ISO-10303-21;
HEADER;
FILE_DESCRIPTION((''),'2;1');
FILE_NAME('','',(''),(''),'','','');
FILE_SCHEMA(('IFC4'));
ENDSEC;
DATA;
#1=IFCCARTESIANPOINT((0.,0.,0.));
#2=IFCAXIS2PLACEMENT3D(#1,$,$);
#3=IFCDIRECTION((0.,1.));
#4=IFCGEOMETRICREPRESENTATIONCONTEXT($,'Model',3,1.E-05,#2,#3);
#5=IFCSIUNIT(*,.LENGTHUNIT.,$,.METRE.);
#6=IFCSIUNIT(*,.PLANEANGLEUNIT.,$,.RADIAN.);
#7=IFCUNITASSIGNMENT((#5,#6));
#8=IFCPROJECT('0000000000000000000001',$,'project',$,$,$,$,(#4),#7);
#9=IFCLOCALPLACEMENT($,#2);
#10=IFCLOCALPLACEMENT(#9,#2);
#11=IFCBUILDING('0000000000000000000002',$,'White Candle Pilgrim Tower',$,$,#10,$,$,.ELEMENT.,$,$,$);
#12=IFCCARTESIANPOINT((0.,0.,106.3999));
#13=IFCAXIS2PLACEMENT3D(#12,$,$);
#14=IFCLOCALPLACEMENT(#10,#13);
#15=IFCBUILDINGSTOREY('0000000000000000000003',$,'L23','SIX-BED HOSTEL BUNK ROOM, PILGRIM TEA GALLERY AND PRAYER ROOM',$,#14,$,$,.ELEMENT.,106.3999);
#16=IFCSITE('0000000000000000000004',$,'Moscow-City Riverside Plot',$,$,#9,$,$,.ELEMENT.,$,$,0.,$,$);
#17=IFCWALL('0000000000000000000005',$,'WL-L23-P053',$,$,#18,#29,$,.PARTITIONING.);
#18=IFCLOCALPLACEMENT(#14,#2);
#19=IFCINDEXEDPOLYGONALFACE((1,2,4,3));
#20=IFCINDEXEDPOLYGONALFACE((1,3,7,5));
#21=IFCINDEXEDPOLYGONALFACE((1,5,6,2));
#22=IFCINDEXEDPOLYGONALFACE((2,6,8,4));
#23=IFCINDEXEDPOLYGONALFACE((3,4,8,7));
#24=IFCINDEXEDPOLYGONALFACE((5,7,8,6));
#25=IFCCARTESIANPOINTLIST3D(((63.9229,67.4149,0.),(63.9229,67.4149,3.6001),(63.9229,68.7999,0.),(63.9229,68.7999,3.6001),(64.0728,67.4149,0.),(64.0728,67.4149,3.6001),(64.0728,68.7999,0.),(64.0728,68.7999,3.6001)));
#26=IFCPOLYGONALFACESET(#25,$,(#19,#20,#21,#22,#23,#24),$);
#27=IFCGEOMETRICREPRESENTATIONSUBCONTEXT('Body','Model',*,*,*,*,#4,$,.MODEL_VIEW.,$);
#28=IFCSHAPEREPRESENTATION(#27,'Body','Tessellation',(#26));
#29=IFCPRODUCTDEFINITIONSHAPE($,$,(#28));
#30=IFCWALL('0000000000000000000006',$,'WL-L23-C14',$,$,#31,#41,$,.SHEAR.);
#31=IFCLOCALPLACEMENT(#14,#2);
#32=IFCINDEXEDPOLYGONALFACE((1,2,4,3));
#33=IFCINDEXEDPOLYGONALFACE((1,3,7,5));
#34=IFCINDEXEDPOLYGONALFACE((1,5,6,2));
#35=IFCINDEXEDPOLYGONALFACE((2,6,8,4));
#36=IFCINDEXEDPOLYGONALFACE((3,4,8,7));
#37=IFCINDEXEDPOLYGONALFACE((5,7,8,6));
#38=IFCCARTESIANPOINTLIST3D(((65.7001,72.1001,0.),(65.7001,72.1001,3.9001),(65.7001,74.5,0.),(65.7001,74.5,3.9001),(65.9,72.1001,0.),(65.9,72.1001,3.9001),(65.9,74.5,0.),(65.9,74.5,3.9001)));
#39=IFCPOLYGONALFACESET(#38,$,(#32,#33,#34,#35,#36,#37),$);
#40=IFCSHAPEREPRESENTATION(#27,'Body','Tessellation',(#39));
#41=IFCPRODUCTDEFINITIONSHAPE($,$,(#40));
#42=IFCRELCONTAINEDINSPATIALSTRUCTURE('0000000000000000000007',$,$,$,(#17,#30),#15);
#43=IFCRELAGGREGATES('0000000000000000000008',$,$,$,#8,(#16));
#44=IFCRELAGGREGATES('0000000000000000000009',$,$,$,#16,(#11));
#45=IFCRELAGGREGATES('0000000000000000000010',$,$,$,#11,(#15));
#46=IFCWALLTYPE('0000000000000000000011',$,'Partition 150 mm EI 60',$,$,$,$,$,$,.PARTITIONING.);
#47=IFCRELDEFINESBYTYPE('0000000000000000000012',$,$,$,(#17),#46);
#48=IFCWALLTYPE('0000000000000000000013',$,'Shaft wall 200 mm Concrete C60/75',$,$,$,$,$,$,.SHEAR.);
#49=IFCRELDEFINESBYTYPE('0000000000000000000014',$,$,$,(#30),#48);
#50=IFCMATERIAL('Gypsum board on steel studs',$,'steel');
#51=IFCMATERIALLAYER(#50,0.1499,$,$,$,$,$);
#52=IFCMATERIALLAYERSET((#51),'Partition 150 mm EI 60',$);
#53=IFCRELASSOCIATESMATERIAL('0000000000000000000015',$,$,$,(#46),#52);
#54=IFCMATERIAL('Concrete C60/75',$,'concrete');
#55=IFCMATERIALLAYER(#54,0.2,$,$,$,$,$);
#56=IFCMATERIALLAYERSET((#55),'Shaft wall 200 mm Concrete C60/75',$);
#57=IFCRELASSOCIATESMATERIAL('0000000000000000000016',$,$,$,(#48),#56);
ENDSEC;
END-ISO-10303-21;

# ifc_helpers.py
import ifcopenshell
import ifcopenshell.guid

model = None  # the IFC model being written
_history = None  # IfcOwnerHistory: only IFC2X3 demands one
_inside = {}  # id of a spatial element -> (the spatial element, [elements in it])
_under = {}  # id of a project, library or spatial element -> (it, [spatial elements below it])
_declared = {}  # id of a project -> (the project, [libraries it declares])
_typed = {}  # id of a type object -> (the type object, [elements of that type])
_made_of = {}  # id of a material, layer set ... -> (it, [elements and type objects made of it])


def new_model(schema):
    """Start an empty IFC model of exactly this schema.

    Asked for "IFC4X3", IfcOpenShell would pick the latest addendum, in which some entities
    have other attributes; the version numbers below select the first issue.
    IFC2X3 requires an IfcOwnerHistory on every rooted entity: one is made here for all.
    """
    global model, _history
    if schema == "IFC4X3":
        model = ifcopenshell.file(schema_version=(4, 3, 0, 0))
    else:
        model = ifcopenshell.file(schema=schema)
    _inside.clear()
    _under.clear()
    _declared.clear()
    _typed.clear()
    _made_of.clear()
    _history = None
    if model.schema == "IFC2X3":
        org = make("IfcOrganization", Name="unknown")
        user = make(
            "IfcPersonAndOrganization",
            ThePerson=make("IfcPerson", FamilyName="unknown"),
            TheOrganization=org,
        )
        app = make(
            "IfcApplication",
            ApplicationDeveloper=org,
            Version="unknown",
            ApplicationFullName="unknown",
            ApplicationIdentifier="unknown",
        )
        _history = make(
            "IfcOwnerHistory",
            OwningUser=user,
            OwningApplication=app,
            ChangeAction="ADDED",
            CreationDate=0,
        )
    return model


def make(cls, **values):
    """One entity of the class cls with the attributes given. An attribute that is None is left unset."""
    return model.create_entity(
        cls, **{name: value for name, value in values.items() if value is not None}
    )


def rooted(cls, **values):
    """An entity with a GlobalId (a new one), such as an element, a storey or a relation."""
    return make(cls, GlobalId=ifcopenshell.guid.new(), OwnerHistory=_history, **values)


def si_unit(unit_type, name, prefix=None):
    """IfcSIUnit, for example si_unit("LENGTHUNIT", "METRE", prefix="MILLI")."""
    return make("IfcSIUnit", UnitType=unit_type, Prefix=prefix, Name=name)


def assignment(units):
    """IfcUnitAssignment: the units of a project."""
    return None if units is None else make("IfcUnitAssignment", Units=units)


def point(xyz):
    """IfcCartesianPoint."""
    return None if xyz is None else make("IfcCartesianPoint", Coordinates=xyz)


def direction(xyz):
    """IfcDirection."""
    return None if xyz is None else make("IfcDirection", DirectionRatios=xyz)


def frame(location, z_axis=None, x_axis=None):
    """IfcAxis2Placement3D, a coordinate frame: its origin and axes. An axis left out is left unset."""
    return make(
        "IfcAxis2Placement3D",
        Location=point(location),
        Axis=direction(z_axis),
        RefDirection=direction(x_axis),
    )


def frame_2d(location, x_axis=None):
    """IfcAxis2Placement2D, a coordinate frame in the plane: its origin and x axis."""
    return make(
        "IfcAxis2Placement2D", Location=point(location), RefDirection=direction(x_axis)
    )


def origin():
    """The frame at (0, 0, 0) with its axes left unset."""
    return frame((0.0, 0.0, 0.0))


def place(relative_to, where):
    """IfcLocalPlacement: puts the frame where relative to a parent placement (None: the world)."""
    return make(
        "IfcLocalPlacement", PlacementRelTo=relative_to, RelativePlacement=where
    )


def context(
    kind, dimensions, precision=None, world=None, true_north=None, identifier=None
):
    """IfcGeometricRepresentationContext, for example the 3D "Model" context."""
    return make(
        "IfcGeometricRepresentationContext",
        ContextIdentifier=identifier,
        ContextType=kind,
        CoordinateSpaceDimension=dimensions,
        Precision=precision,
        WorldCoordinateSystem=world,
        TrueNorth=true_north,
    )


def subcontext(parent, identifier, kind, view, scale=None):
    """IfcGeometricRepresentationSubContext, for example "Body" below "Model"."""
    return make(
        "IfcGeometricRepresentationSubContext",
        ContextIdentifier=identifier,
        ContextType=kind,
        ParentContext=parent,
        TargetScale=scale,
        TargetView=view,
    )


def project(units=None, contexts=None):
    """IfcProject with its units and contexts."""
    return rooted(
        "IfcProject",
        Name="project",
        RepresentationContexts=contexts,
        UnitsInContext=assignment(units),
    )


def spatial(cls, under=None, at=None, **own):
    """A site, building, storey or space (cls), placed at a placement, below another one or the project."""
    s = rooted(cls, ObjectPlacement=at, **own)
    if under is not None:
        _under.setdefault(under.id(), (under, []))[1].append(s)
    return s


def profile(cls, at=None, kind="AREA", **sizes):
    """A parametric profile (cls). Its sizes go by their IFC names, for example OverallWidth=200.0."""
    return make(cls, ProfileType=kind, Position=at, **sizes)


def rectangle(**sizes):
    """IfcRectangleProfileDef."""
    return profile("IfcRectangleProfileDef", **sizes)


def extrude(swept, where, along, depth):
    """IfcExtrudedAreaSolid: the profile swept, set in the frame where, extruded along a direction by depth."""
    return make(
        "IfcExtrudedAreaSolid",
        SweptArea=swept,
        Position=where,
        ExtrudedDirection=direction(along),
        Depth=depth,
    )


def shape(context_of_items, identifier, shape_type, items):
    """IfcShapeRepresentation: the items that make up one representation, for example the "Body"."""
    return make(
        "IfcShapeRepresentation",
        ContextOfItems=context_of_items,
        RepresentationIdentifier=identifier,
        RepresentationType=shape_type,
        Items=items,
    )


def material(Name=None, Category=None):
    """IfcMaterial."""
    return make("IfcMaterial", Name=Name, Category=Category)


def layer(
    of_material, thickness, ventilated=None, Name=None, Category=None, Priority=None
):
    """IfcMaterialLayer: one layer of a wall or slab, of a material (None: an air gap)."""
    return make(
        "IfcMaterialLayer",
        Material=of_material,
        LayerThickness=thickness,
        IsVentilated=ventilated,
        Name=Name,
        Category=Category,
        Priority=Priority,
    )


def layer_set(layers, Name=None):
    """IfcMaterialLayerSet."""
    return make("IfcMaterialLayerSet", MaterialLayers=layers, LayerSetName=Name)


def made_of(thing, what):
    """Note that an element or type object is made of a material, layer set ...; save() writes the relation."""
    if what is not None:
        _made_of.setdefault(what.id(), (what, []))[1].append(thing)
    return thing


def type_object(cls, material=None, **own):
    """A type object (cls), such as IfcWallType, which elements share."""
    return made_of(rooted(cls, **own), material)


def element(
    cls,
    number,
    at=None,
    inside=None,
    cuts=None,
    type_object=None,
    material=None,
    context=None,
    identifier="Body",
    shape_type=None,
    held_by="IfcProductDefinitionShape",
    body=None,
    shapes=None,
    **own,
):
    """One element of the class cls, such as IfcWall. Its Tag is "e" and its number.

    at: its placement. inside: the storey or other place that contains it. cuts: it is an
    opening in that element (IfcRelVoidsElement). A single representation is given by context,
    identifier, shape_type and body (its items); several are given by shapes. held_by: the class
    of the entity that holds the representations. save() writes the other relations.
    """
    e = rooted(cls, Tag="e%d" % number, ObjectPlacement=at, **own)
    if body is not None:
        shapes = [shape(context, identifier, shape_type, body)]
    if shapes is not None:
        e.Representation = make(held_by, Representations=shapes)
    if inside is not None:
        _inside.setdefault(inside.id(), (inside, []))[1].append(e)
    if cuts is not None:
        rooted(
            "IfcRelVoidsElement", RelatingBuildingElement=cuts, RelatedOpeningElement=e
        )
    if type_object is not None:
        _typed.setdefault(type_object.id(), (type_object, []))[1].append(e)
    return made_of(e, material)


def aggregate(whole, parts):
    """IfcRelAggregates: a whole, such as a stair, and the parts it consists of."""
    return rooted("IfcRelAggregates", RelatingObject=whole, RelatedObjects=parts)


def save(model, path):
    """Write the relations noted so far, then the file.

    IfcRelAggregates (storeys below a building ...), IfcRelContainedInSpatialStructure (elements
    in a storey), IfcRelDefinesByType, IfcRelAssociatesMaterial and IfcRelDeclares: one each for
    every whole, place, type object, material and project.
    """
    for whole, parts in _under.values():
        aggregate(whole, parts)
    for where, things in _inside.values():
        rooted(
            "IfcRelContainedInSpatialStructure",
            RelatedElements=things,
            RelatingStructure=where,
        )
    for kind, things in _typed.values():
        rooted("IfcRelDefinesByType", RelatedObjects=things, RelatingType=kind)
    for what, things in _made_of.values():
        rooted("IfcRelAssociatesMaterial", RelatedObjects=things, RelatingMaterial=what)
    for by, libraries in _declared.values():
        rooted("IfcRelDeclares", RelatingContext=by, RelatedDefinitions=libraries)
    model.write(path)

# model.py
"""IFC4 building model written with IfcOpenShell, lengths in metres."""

from ifc_helpers import new_model, si_unit, direction, frame, frame_2d, origin, place, context, subcontext, project, spatial, rectangle, extrude, material, layer, layer_set, type_object, element, save


model = new_model("IFC4")

# Units and contexts
model_context = context("Model", 3, precision=1e-05, world=origin(), true_north=direction((0.0, 1.0)))
body_context = subcontext(model_context, "Body", "Model", "MODEL_VIEW")
ifc_project = project(units=[si_unit("LENGTHUNIT", "METRE"), si_unit("PLANEANGLEUNIT", "RADIAN")], contexts=[model_context])

# Site, building, storey
site_placement = place(None, origin())
site = spatial("IfcSite", under=ifc_project, at=site_placement, Name="Moscow-City Riverside Plot", CompositionType="ELEMENT", RefElevation=0.0)
building_placement = place(site_placement, origin())
building = spatial("IfcBuilding", under=site, at=building_placement, Name="White Candle Pilgrim Tower", CompositionType="ELEMENT")
storey_placement = place(building_placement, frame((0.0, 0.0, 106.3999)))
storey = spatial("IfcBuildingStorey", under=building, at=storey_placement, Name="L23", Description="SIX-BED HOSTEL BUNK ROOM, PILGRIM TEA GALLERY AND PRAYER ROOM", CompositionType="ELEMENT", Elevation=106.3999)

# Shared definitions
ifc_material_1 = material(Name="Gypsum board on steel studs", Category="steel")

# Walls
ifc_layer_1 = layer(ifc_material_1, 0.1499)
ifc_layer_set_1 = layer_set([ifc_layer_1], Name="Partition 150 mm EI 60")
wall_type_1 = type_object("IfcWallType", Name="Partition 150 mm EI 60", PredefinedType="PARTITIONING", material=ifc_layer_set_1)
wall_1_placement = place(storey_placement, frame((63.9978, 67.415, 0.0), z_axis=(0.0, 0.0, 1.0), x_axis=(0.0, 1.0, 0.0)))
element("IfcWall", 1, at=wall_1_placement, inside=storey, type_object=wall_type_1, Name="WL-L23-P053", PredefinedType="PARTITIONING", context=body_context, shape_type="SweptSolid", body=[
    extrude(rectangle(XDim=1.385, YDim=0.1499, at=frame_2d((0.6924, 0.0))), origin(), (0.0, 0.0, 1.0), 3.6001),
])
ifc_material_2 = material(Name="Concrete C60/75", Category="concrete")
ifc_layer_2 = layer(ifc_material_2, 0.2)
ifc_layer_set_2 = layer_set([ifc_layer_2], Name="Shaft wall 200 mm Concrete C60/75")
wall_type_2 = type_object("IfcWallType", Name="Shaft wall 200 mm Concrete C60/75", PredefinedType="SHEAR", material=ifc_layer_set_2)
wall_2_placement = place(storey_placement, frame((65.8, 72.1001, 0.0), z_axis=(0.0, 0.0, 1.0), x_axis=(0.0, 1.0, 0.0)))
element("IfcWall", 2, at=wall_2_placement, inside=storey, type_object=wall_type_2, Name="WL-L23-C14", PredefinedType="SHEAR", context=body_context, shape_type="SweptSolid", body=[
    extrude(rectangle(XDim=2.3999, YDim=0.2, at=frame_2d((1.2, 0.0))), origin(), (0.0, 0.0, 1.0), 3.9001),
])

save(model, "model.ifc")
